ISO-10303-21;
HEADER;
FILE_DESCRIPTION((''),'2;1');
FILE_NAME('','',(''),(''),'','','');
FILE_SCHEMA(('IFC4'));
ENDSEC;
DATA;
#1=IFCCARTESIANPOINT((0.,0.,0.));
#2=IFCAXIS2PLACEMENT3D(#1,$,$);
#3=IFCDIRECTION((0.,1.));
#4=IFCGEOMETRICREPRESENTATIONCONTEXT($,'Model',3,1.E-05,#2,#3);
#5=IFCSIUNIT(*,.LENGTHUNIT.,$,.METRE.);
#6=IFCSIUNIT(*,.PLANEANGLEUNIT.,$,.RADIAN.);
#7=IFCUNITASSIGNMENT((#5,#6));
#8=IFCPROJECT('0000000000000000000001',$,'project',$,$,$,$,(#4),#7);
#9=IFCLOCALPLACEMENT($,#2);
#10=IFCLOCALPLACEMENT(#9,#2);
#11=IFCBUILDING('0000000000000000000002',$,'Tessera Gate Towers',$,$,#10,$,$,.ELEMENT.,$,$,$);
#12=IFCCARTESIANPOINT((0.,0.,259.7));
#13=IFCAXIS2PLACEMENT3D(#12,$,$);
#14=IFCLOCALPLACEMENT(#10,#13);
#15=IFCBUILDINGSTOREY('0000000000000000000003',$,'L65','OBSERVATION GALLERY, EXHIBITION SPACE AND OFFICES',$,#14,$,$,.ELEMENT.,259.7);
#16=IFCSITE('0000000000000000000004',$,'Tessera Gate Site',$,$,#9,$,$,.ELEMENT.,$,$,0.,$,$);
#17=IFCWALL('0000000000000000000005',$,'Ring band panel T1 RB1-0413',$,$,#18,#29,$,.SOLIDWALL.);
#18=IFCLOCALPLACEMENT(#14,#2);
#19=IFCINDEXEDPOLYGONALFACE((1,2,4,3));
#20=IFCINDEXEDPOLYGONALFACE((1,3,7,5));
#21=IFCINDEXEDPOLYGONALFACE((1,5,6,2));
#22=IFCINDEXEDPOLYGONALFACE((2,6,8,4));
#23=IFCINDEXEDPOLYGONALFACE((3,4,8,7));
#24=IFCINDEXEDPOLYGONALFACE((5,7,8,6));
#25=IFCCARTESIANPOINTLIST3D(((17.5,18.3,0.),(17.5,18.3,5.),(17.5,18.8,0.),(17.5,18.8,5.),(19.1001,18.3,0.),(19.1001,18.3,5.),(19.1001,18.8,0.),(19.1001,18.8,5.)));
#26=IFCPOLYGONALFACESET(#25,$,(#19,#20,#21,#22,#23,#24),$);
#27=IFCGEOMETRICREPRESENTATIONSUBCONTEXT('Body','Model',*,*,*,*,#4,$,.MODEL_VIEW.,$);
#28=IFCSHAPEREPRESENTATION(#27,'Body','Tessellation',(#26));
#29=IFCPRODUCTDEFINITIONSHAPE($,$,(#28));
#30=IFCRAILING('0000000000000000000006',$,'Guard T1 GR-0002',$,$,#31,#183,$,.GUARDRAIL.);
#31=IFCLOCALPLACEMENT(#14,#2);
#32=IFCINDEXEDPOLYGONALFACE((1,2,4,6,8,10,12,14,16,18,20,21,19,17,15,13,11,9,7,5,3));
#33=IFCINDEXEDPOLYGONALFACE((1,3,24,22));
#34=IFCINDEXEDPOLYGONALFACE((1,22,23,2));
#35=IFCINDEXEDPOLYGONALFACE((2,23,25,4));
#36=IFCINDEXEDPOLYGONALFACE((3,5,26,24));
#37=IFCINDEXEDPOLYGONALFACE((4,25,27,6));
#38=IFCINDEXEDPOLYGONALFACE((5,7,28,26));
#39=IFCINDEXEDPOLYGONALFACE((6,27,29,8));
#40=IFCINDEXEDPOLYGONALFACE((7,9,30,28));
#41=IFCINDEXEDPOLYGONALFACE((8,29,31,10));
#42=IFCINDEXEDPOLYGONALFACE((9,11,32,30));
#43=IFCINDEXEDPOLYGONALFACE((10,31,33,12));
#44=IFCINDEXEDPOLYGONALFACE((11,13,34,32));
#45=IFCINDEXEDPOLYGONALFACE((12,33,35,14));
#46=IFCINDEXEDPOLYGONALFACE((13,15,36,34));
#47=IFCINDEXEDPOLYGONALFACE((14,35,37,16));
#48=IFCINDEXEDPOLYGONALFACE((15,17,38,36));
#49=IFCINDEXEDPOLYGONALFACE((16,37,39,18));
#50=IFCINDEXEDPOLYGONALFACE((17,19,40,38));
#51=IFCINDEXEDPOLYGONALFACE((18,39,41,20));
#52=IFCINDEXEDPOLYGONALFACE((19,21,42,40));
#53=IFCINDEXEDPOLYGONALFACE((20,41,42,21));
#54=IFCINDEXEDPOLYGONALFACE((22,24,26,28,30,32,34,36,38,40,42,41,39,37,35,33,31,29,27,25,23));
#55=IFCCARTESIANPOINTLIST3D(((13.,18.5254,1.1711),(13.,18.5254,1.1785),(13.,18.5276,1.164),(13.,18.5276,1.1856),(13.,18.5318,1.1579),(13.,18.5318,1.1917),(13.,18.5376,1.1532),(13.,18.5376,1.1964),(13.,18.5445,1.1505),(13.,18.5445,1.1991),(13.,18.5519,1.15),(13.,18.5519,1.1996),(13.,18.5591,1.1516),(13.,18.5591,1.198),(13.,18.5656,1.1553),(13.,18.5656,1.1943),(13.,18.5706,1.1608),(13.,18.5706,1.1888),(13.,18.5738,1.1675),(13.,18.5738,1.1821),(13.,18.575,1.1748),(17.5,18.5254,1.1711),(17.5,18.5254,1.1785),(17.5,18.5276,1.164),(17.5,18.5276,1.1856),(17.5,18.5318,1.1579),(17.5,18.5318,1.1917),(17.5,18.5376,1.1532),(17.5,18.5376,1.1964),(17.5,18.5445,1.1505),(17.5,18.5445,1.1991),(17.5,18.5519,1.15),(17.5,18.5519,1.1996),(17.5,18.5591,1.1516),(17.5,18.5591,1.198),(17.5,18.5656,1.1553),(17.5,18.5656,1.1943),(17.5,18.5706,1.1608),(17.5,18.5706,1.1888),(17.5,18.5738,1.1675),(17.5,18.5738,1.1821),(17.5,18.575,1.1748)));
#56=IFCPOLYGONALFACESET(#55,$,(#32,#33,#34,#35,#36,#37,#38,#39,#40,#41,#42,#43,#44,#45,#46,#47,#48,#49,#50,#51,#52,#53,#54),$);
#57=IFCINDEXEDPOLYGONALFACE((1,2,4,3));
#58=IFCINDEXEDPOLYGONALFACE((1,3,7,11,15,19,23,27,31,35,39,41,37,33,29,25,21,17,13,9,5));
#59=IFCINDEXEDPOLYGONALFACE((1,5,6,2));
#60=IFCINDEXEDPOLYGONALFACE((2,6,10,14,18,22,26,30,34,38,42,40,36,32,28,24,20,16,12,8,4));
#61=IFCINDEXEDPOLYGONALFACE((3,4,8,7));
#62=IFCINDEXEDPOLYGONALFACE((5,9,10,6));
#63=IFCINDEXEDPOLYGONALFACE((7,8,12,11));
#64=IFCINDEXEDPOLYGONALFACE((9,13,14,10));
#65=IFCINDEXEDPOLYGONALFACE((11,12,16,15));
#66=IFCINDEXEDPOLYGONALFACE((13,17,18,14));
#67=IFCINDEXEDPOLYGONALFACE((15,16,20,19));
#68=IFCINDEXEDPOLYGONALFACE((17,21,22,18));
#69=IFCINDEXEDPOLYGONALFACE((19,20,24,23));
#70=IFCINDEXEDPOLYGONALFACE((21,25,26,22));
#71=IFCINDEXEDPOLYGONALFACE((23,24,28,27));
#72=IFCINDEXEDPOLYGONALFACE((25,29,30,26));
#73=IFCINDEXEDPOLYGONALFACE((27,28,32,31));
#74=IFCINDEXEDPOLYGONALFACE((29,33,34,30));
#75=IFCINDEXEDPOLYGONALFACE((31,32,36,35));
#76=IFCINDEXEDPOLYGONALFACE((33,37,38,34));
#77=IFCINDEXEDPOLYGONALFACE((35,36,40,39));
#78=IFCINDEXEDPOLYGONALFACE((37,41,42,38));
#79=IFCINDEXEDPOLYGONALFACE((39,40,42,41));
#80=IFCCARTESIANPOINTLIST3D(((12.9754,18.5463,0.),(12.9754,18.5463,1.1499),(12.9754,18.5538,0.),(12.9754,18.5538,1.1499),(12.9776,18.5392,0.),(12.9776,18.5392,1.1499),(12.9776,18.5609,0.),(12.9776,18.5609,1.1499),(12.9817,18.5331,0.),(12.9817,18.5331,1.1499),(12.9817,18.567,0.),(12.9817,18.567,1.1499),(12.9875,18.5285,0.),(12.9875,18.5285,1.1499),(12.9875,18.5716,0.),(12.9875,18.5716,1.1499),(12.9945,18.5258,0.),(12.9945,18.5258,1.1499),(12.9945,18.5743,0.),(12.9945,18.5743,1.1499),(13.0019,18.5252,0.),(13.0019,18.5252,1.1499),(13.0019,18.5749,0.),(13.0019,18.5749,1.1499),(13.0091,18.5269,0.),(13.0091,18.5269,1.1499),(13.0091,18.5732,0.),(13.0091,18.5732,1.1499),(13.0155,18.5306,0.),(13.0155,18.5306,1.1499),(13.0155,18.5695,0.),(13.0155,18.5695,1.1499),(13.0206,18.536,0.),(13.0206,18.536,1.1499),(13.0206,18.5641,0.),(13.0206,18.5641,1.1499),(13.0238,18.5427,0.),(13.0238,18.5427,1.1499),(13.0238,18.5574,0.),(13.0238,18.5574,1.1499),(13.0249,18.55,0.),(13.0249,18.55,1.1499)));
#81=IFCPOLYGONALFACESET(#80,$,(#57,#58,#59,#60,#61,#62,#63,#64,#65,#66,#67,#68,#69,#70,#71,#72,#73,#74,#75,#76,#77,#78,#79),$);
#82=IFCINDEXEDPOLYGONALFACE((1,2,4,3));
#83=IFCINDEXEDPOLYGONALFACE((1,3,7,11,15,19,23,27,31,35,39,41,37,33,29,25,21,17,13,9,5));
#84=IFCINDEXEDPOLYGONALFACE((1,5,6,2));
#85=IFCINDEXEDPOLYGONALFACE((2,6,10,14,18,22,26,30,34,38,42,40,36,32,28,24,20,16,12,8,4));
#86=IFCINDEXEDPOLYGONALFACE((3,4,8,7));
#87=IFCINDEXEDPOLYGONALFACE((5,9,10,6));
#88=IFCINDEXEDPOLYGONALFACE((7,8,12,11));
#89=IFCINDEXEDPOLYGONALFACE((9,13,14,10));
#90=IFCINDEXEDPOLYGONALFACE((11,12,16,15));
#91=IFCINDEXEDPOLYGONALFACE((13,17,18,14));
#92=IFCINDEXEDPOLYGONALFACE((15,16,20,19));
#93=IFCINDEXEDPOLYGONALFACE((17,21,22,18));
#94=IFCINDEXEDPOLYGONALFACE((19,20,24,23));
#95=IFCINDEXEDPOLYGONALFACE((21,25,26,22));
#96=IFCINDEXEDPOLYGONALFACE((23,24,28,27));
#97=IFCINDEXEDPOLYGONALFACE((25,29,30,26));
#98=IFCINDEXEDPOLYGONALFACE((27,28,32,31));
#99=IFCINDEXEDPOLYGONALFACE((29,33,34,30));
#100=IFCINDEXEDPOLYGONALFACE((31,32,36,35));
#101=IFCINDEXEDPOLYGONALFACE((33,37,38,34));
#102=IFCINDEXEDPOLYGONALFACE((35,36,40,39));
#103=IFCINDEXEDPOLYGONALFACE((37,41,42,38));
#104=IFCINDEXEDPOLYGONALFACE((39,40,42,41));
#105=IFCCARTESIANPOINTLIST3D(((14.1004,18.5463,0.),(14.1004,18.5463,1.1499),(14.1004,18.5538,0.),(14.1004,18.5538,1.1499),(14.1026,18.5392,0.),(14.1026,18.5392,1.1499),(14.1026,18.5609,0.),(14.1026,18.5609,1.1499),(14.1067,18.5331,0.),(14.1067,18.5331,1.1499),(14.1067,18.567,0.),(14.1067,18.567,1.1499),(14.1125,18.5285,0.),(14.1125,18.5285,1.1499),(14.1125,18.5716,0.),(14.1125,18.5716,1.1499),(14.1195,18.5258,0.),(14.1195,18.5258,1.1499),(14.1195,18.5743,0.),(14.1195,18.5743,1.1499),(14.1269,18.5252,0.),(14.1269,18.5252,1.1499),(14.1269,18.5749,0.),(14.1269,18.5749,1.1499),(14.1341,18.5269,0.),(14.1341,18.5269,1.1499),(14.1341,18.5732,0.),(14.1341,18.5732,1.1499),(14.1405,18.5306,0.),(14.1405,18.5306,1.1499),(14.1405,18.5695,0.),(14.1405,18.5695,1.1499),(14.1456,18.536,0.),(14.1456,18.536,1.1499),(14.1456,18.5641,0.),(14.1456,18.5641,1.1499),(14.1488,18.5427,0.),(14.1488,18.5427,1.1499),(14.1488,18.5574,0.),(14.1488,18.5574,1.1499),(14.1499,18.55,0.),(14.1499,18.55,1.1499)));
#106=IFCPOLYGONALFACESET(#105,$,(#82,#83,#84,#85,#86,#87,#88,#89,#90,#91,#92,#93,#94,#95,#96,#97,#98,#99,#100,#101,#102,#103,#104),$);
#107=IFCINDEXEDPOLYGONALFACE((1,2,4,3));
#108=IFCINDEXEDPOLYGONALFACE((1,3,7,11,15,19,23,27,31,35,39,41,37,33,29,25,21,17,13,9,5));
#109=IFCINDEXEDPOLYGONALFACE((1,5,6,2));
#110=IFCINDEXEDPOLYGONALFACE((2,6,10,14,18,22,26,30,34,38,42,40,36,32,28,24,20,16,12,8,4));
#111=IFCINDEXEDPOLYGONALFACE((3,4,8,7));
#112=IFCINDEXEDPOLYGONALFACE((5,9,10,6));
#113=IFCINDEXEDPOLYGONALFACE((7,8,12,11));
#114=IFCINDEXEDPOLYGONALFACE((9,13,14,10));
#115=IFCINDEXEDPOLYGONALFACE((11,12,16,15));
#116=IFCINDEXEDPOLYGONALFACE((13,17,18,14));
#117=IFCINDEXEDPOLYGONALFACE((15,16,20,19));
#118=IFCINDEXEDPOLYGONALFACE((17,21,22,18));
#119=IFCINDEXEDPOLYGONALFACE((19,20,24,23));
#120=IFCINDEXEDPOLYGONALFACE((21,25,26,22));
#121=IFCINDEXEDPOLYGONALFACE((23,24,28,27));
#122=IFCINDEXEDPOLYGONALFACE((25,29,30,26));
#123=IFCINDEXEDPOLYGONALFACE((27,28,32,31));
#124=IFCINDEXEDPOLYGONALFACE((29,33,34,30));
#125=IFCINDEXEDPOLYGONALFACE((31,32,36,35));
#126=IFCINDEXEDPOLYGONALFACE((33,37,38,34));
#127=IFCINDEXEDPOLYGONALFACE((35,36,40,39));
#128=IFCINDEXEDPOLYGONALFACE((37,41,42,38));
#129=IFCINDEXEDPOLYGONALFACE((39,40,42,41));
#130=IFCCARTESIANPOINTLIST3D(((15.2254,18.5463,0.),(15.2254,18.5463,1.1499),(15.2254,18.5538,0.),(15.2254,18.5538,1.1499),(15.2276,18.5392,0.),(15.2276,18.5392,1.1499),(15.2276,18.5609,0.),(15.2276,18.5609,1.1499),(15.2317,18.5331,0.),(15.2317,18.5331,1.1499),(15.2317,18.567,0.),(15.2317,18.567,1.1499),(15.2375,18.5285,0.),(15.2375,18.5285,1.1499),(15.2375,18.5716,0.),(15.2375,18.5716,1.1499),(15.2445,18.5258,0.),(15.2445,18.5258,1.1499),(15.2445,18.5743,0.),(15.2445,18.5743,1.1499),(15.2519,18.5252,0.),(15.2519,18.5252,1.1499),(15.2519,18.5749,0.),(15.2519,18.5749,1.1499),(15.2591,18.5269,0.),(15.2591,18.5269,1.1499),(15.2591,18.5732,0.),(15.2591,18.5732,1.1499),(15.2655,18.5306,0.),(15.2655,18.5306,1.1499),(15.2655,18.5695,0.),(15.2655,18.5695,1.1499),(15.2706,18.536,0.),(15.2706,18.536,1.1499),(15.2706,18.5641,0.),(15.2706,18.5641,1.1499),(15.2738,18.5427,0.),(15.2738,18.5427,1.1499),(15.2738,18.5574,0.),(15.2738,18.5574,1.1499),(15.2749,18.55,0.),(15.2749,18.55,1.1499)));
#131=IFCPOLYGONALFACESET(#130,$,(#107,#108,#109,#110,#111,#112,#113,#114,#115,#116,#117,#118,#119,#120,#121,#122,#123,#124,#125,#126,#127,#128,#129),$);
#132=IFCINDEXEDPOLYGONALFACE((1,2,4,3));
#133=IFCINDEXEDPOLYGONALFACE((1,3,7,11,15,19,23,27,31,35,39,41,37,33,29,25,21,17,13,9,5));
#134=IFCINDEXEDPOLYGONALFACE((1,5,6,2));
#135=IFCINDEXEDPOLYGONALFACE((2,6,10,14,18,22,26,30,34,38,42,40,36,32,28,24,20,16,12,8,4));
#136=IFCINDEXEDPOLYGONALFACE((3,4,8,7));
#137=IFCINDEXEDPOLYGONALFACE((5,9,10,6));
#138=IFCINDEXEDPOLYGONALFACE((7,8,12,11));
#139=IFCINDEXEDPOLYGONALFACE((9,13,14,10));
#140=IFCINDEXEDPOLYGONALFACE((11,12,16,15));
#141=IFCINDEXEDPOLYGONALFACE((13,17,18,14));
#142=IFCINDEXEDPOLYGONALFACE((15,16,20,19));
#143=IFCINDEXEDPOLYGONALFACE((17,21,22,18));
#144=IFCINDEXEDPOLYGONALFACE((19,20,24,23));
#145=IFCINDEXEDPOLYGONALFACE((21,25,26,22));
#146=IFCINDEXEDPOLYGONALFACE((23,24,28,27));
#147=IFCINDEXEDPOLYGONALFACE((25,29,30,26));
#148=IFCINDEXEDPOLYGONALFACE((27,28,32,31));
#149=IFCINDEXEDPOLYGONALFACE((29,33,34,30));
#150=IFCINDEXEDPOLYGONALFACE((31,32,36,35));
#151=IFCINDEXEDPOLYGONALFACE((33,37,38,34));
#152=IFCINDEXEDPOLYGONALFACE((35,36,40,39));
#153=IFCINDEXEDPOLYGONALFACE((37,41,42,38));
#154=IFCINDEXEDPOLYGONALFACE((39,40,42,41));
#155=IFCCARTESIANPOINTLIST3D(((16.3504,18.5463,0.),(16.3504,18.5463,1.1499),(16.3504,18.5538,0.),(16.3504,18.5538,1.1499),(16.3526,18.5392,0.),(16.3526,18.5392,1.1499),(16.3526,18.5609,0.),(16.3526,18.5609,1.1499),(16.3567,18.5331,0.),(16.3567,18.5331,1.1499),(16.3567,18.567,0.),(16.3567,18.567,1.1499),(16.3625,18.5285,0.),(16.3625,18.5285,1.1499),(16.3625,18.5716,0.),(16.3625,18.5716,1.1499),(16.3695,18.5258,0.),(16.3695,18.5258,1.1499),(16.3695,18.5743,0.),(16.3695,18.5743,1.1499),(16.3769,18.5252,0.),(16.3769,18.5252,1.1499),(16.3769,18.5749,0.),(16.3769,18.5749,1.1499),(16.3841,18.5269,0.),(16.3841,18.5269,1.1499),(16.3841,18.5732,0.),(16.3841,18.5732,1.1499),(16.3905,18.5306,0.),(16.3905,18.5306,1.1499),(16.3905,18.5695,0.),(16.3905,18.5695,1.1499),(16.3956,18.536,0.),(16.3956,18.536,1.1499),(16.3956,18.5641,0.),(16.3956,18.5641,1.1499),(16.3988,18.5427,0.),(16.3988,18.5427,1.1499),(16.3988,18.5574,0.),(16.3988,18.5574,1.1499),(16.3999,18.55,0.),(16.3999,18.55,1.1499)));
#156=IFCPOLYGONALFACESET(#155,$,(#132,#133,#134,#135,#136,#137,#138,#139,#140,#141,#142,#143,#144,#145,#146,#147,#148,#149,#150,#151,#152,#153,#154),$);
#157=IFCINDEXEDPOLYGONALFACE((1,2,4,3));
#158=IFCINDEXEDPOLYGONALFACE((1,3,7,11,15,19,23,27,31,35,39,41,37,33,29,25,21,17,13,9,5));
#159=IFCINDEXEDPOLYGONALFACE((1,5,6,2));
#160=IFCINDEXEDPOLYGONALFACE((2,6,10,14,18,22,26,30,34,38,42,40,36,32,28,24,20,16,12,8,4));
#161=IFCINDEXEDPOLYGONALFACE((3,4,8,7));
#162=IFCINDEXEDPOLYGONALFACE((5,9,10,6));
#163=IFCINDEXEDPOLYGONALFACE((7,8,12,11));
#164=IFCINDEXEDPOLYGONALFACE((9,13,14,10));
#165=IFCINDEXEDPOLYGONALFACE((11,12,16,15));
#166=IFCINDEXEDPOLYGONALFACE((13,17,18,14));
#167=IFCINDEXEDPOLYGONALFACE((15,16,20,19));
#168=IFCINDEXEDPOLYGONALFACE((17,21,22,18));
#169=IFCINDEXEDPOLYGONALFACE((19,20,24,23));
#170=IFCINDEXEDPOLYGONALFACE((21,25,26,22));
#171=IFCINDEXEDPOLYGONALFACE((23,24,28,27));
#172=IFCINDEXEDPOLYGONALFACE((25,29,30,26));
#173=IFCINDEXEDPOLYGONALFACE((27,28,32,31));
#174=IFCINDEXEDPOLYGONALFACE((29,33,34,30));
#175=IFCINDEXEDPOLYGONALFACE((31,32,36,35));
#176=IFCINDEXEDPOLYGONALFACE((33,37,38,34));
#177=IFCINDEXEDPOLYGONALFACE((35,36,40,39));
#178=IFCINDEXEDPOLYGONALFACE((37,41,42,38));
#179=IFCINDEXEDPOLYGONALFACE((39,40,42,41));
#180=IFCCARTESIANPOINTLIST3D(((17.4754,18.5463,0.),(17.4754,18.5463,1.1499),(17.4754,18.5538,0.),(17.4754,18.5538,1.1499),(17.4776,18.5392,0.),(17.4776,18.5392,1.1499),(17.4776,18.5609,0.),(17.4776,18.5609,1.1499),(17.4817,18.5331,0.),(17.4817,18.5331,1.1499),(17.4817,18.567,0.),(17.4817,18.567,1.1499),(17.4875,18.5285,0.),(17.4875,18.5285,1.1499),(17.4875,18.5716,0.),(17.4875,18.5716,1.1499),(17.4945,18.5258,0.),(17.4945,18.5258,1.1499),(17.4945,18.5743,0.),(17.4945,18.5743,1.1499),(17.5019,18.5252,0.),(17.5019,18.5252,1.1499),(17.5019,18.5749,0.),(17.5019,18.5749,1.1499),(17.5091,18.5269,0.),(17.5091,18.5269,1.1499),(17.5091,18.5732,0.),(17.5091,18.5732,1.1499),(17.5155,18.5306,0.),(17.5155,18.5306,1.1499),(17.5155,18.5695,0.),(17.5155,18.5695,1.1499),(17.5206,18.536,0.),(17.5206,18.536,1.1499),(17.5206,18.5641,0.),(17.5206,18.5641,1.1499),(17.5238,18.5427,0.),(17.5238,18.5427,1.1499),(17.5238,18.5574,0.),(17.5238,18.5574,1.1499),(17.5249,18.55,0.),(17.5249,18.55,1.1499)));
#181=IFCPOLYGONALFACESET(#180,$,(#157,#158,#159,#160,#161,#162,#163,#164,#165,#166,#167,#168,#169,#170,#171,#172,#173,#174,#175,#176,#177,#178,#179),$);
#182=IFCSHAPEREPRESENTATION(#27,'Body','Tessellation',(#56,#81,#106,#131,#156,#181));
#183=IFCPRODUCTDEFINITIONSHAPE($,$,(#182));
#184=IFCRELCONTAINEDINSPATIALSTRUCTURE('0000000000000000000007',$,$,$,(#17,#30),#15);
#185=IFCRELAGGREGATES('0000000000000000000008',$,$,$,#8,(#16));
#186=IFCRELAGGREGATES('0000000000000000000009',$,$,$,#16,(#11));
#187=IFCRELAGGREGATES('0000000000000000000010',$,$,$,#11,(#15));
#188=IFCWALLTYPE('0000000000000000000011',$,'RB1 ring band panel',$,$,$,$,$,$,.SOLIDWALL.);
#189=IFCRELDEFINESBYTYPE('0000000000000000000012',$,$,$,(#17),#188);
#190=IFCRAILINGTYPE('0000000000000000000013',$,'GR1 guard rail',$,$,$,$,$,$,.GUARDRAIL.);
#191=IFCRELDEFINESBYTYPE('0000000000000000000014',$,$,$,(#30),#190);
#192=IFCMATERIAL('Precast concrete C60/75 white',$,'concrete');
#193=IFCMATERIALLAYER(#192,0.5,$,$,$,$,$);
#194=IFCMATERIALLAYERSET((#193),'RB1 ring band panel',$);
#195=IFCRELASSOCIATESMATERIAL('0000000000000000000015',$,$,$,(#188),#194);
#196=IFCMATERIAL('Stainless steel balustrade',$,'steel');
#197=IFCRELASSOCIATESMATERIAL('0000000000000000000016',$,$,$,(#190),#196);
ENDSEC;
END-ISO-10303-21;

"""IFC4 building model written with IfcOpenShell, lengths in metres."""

from ifc_helpers import new_model, si_unit, direction, frame, origin, origin_2d, place, context, subcontext, project, spatial, polyline, circle, outline, extrude, source, transform, mapped, material, layer, layer_set, type_object, element, save


model = new_model("IFC4")

# Units and contexts
model_context = context("Model", 3, precision=1e-05, world=origin(), true_north=direction((0.0, 1.0)))
body_context = subcontext(model_context, "Body", "Model", "MODEL_VIEW")
ifc_project = project(units=[si_unit("LENGTHUNIT", "METRE"), si_unit("PLANEANGLEUNIT", "RADIAN")], contexts=[model_context])

# Site, building, storey
site_placement = place(None, origin())
site = spatial("IfcSite", under=ifc_project, at=site_placement, Name="Tessera Gate Site", CompositionType="ELEMENT", RefElevation=0.0)
building_placement = place(site_placement, origin())
building = spatial("IfcBuilding", under=site, at=building_placement, Name="Tessera Gate Towers", CompositionType="ELEMENT")
storey_placement = place(building_placement, frame((0.0, 0.0, 259.7)))
storey = spatial("IfcBuildingStorey", under=building, at=storey_placement, Name="L65", Description="OBSERVATION GALLERY, EXHIBITION SPACE AND OFFICES", CompositionType="ELEMENT", Elevation=259.7)

# Wall
ifc_material_1 = material(Name="Precast concrete C60/75 white", Category="concrete")
ifc_layer_1 = layer(ifc_material_1, 0.5)
ifc_layer_set_1 = layer_set([ifc_layer_1], Name="RB1 ring band panel")
wall_type = type_object("IfcWallType", Name="RB1 ring band panel", PredefinedType="SOLIDWALL", material=ifc_layer_set_1)
shared_shape = source(origin(), body_context, "Body", "SweptSolid", [
    extrude(outline(polyline([(0.0, 0.0), (1.6001, 0.0), (1.6001, 5.0), (0.0, 5.0), (0.0, 0.0)])), frame((0.0, 0.25, 0.0), z_axis=(0.0, -1.0, 0.0), x_axis=(1.0, 0.0, 0.0)), (0.0, 0.0, 1.0), 0.5),
])
wall_placement = place(storey_placement, frame((17.5, 18.55, 0.0), z_axis=(0.0, 0.0, 1.0), x_axis=(1.0, 0.0, 0.0)))
element("IfcWall", 1, at=wall_placement, inside=storey, type_object=wall_type, Name="Ring band panel T1 RB1-0413", PredefinedType="SOLIDWALL", context=body_context, shape_type="MappedRepresentation", body=[
    mapped(shared_shape, transform((0.0, 0.0, 0.0), scale=1.0)),
])

# Railing
ifc_material_2 = material(Name="Stainless steel balustrade", Category="steel")
railing_type = type_object("IfcRailingType", Name="GR1 guard rail", PredefinedType="GUARDRAIL", material=ifc_material_2)
for number, where, name in (
    (2, (13.0, 18.55, 0.0), "Guard T1 GR-0002"),
):
    element("IfcRailing", number, at=place(storey_placement, frame(where)), inside=storey, type_object=railing_type, Name=name, PredefinedType="GUARDRAIL", context=body_context, shape_type="SweptSolid", body=[
        extrude(circle(Radius=0.0249, at=origin_2d()), frame((0.0, 0.0, 1.1748), z_axis=(1.0, 0.0, 0.0), x_axis=(0.0, 1.0, 0.0)), (0.0, 0.0, 1.0), 4.5),
        extrude(circle(Radius=0.0249, at=origin_2d()), origin(), (0.0, 0.0, 1.0), 1.1499),
        extrude(circle(Radius=0.0249, at=origin_2d()), frame((1.125, 0.0, 0.0)), (0.0, 0.0, 1.0), 1.1499),
        extrude(circle(Radius=0.0249, at=origin_2d()), frame((2.25, 0.0, 0.0)), (0.0, 0.0, 1.0), 1.1499),
        extrude(circle(Radius=0.0249, at=origin_2d()), frame((3.375, 0.0, 0.0)), (0.0, 0.0, 1.0), 1.1499),
        extrude(circle(Radius=0.0249, at=origin_2d()), frame((4.5, 0.0, 0.0)), (0.0, 0.0, 1.0), 1.1499),
    ])

save(model, "model.ifc")
